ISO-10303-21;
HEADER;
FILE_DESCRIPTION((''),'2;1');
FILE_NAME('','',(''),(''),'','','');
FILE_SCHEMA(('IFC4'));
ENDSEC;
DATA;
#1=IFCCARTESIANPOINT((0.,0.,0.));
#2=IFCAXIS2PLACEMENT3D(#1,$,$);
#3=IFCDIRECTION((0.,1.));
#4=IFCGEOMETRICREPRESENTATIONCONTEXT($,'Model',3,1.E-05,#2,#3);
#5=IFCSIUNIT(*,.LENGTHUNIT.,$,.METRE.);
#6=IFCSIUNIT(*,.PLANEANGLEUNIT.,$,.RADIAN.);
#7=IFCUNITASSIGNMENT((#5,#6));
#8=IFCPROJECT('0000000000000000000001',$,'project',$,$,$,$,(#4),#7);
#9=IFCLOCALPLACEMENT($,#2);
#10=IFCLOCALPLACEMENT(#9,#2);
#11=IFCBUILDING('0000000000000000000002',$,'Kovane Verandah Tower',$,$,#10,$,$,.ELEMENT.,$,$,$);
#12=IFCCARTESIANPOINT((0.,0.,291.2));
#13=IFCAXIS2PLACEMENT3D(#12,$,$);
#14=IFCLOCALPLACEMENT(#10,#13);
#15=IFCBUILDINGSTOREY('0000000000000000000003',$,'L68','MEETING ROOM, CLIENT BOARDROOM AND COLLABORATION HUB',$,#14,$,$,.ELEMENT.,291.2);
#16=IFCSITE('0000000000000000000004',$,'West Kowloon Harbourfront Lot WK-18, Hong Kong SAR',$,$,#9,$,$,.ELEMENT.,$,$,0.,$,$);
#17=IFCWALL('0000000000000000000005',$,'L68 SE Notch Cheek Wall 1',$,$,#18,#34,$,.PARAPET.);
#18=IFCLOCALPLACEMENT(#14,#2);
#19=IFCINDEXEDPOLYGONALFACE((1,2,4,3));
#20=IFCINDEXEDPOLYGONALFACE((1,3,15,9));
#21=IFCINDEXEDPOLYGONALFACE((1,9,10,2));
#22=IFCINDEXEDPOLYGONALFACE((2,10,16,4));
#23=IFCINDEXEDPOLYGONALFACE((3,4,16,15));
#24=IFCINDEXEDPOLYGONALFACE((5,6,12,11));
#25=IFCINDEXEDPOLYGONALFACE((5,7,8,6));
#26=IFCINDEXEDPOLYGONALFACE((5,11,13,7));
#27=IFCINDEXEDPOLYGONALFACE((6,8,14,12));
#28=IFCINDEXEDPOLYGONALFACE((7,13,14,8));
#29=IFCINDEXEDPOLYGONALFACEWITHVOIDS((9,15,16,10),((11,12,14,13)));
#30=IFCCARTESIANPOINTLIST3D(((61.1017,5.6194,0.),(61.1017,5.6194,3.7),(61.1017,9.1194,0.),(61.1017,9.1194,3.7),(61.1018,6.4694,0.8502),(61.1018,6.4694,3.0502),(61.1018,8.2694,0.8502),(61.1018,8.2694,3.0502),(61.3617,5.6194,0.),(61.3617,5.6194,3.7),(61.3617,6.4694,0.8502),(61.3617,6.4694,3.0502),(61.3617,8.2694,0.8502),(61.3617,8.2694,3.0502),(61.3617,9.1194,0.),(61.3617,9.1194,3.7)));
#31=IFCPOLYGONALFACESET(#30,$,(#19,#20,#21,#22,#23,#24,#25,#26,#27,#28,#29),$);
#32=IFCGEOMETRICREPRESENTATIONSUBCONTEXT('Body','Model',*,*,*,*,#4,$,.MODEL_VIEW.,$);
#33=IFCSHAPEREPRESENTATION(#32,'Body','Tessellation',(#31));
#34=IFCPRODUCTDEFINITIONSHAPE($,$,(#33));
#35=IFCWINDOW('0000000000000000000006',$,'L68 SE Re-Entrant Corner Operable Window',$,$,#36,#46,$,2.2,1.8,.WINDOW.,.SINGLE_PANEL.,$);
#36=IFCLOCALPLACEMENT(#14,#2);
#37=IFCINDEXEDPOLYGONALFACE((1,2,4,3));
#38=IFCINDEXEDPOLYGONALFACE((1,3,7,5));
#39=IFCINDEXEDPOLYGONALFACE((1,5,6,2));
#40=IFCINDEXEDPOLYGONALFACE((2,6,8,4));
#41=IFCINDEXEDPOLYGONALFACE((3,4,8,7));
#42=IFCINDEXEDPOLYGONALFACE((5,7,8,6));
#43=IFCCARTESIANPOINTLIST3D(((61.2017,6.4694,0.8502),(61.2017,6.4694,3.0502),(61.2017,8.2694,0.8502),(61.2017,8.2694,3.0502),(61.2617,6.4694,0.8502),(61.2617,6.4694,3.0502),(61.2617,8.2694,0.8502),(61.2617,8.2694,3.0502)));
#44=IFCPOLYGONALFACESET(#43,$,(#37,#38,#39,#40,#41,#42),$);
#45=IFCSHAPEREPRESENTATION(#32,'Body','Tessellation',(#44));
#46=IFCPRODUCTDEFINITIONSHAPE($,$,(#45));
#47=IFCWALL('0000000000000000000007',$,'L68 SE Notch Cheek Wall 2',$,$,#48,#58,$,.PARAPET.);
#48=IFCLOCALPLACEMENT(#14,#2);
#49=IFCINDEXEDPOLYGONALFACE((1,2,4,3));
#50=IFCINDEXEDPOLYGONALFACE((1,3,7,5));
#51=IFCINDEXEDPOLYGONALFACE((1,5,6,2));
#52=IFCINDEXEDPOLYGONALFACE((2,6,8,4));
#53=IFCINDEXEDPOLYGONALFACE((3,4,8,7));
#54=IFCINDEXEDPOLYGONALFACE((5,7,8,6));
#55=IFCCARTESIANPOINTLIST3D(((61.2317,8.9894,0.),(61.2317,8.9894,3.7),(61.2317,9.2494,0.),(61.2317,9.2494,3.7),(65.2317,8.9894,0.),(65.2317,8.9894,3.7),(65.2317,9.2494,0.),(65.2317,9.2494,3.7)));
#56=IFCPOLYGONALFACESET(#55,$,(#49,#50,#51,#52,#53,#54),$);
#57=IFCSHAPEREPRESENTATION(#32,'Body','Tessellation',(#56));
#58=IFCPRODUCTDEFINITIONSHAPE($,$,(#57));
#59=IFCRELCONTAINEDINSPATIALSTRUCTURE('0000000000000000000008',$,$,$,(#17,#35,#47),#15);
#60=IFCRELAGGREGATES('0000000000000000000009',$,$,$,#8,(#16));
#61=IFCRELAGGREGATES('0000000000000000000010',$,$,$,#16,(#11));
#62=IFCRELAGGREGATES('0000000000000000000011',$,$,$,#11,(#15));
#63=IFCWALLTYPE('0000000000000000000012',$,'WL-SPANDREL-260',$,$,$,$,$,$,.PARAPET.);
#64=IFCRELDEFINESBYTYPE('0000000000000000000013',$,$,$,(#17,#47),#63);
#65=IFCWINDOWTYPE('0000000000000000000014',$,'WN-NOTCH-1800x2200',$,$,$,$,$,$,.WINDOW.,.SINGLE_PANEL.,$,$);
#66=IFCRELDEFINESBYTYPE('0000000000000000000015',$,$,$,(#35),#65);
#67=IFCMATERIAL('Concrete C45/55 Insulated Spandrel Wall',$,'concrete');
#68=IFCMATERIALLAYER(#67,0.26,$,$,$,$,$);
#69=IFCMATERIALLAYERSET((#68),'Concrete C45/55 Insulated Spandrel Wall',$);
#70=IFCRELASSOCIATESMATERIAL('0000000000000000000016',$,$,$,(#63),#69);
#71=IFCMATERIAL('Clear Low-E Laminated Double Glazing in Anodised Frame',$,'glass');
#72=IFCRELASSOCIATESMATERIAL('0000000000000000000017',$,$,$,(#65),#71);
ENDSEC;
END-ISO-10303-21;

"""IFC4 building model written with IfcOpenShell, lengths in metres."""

from ifc_helpers import new_model, si_unit, direction, frame, frame_2d, origin, place, context, subcontext, project, spatial, rectangle, extrude, material, layer, layer_set, type_object, element, fill, save


model = new_model("IFC4")

# Units and contexts
model_context = context("Model", 3, precision=1e-05, world=origin(), true_north=direction((0.0, 1.0)))
body_context = subcontext(model_context, "Body", "Model", "MODEL_VIEW")
ifc_project = project(units=[si_unit("LENGTHUNIT", "METRE"), si_unit("PLANEANGLEUNIT", "RADIAN")], contexts=[model_context])

# Site, building, storey
site_placement = place(None, origin())
site = spatial("IfcSite", under=ifc_project, at=site_placement, Name="West Kowloon Harbourfront Lot WK-18, Hong Kong SAR", CompositionType="ELEMENT", RefElevation=0.0)
building_placement = place(site_placement, origin())
building = spatial("IfcBuilding", under=site, at=building_placement, Name="Kovane Verandah Tower", CompositionType="ELEMENT")
storey_placement = place(building_placement, frame((0.0, 0.0, 291.2)))
storey = spatial("IfcBuildingStorey", under=building, at=storey_placement, Name="L68", Description="MEETING ROOM, CLIENT BOARDROOM AND COLLABORATION HUB", CompositionType="ELEMENT", Elevation=291.2)

# Shared definitions
ifc_material_1 = material(Name="Concrete C45/55 Insulated Spandrel Wall", Category="concrete")
ifc_layer_1 = layer(ifc_material_1, 0.26)
ifc_layer_set_1 = layer_set([ifc_layer_1], Name="Concrete C45/55 Insulated Spandrel Wall")
wall_type_1 = type_object("IfcWallType", Name="WL-SPANDREL-260", PredefinedType="PARAPET", material=ifc_layer_set_1)
ifc_material_2 = material(Name="Clear Low-E Laminated Double Glazing in Anodised Frame", Category="glass")

# Wall, opening, window
wall_1_placement = place(storey_placement, frame((61.2317, 5.6194, 0.0), z_axis=(0.0, 0.0, 1.0), x_axis=(0.0, 1.0, 0.0)))
wall_1 = element("IfcWall", 1, at=wall_1_placement, inside=storey, type_object=wall_type_1, Name="L68 SE Notch Cheek Wall 1", PredefinedType="PARAPET", context=body_context, shape_type="SweptSolid", body=[
    extrude(rectangle(XDim=3.5, YDim=0.26, at=frame_2d((1.75, 0.0))), origin(), (0.0, 0.0, 1.0), 3.7),
])
opening_1_placement = place(wall_1_placement, frame((0.8501, 0.0, 0.8501)))
opening_1 = element("IfcOpeningElement", 2, at=opening_1_placement, cuts=wall_1, PredefinedType="OPENING", context=body_context, shape_type="SweptSolid", body=[
    extrude(rectangle(XDim=1.8, YDim=2.2, at=frame_2d((0.8999, 1.1001))), frame((0.0, 0.1299, 0.0), z_axis=(0.0, -1.0, 0.0), x_axis=(1.0, 0.0, 0.0)), (0.0, 0.0, 1.0), 0.26),
])
window_type_1 = type_object("IfcWindowType", Name="WN-NOTCH-1800x2200", PartitioningType="SINGLE_PANEL", PredefinedType="WINDOW", material=ifc_material_2)
window_1_placement = place(opening_1_placement, origin())
window_1 = element("IfcWindow", 3, at=window_1_placement, inside=storey, type_object=window_type_1, Name="L68 SE Re-Entrant Corner Operable Window", OverallHeight=2.2, OverallWidth=1.8, PartitioningType="SINGLE_PANEL", PredefinedType="WINDOW", context=body_context, shape_type="SweptSolid", body=[
    extrude(rectangle(XDim=1.8, YDim=2.2, at=frame_2d((0.8999, 1.1001))), frame((0.0, 0.03, 0.0), z_axis=(0.0, -1.0, 0.0), x_axis=(1.0, 0.0, 0.0)), (0.0, 0.0, 1.0), 0.0601),
])
fill(opening_1, window_1)

# Wall
wall_2_placement = place(storey_placement, frame((61.2317, 9.1194, 0.0), z_axis=(0.0, 0.0, 1.0), x_axis=(1.0, 0.0, 0.0)))
element("IfcWall", 4, at=wall_2_placement, inside=storey, type_object=wall_type_1, Name="L68 SE Notch Cheek Wall 2", PredefinedType="PARAPET", context=body_context, shape_type="SweptSolid", body=[
    extrude(rectangle(XDim=4.0, YDim=0.26, at=frame_2d((2.0, 0.0))), origin(), (0.0, 0.0, 1.0), 3.7),
])

save(model, "model.ifc")
